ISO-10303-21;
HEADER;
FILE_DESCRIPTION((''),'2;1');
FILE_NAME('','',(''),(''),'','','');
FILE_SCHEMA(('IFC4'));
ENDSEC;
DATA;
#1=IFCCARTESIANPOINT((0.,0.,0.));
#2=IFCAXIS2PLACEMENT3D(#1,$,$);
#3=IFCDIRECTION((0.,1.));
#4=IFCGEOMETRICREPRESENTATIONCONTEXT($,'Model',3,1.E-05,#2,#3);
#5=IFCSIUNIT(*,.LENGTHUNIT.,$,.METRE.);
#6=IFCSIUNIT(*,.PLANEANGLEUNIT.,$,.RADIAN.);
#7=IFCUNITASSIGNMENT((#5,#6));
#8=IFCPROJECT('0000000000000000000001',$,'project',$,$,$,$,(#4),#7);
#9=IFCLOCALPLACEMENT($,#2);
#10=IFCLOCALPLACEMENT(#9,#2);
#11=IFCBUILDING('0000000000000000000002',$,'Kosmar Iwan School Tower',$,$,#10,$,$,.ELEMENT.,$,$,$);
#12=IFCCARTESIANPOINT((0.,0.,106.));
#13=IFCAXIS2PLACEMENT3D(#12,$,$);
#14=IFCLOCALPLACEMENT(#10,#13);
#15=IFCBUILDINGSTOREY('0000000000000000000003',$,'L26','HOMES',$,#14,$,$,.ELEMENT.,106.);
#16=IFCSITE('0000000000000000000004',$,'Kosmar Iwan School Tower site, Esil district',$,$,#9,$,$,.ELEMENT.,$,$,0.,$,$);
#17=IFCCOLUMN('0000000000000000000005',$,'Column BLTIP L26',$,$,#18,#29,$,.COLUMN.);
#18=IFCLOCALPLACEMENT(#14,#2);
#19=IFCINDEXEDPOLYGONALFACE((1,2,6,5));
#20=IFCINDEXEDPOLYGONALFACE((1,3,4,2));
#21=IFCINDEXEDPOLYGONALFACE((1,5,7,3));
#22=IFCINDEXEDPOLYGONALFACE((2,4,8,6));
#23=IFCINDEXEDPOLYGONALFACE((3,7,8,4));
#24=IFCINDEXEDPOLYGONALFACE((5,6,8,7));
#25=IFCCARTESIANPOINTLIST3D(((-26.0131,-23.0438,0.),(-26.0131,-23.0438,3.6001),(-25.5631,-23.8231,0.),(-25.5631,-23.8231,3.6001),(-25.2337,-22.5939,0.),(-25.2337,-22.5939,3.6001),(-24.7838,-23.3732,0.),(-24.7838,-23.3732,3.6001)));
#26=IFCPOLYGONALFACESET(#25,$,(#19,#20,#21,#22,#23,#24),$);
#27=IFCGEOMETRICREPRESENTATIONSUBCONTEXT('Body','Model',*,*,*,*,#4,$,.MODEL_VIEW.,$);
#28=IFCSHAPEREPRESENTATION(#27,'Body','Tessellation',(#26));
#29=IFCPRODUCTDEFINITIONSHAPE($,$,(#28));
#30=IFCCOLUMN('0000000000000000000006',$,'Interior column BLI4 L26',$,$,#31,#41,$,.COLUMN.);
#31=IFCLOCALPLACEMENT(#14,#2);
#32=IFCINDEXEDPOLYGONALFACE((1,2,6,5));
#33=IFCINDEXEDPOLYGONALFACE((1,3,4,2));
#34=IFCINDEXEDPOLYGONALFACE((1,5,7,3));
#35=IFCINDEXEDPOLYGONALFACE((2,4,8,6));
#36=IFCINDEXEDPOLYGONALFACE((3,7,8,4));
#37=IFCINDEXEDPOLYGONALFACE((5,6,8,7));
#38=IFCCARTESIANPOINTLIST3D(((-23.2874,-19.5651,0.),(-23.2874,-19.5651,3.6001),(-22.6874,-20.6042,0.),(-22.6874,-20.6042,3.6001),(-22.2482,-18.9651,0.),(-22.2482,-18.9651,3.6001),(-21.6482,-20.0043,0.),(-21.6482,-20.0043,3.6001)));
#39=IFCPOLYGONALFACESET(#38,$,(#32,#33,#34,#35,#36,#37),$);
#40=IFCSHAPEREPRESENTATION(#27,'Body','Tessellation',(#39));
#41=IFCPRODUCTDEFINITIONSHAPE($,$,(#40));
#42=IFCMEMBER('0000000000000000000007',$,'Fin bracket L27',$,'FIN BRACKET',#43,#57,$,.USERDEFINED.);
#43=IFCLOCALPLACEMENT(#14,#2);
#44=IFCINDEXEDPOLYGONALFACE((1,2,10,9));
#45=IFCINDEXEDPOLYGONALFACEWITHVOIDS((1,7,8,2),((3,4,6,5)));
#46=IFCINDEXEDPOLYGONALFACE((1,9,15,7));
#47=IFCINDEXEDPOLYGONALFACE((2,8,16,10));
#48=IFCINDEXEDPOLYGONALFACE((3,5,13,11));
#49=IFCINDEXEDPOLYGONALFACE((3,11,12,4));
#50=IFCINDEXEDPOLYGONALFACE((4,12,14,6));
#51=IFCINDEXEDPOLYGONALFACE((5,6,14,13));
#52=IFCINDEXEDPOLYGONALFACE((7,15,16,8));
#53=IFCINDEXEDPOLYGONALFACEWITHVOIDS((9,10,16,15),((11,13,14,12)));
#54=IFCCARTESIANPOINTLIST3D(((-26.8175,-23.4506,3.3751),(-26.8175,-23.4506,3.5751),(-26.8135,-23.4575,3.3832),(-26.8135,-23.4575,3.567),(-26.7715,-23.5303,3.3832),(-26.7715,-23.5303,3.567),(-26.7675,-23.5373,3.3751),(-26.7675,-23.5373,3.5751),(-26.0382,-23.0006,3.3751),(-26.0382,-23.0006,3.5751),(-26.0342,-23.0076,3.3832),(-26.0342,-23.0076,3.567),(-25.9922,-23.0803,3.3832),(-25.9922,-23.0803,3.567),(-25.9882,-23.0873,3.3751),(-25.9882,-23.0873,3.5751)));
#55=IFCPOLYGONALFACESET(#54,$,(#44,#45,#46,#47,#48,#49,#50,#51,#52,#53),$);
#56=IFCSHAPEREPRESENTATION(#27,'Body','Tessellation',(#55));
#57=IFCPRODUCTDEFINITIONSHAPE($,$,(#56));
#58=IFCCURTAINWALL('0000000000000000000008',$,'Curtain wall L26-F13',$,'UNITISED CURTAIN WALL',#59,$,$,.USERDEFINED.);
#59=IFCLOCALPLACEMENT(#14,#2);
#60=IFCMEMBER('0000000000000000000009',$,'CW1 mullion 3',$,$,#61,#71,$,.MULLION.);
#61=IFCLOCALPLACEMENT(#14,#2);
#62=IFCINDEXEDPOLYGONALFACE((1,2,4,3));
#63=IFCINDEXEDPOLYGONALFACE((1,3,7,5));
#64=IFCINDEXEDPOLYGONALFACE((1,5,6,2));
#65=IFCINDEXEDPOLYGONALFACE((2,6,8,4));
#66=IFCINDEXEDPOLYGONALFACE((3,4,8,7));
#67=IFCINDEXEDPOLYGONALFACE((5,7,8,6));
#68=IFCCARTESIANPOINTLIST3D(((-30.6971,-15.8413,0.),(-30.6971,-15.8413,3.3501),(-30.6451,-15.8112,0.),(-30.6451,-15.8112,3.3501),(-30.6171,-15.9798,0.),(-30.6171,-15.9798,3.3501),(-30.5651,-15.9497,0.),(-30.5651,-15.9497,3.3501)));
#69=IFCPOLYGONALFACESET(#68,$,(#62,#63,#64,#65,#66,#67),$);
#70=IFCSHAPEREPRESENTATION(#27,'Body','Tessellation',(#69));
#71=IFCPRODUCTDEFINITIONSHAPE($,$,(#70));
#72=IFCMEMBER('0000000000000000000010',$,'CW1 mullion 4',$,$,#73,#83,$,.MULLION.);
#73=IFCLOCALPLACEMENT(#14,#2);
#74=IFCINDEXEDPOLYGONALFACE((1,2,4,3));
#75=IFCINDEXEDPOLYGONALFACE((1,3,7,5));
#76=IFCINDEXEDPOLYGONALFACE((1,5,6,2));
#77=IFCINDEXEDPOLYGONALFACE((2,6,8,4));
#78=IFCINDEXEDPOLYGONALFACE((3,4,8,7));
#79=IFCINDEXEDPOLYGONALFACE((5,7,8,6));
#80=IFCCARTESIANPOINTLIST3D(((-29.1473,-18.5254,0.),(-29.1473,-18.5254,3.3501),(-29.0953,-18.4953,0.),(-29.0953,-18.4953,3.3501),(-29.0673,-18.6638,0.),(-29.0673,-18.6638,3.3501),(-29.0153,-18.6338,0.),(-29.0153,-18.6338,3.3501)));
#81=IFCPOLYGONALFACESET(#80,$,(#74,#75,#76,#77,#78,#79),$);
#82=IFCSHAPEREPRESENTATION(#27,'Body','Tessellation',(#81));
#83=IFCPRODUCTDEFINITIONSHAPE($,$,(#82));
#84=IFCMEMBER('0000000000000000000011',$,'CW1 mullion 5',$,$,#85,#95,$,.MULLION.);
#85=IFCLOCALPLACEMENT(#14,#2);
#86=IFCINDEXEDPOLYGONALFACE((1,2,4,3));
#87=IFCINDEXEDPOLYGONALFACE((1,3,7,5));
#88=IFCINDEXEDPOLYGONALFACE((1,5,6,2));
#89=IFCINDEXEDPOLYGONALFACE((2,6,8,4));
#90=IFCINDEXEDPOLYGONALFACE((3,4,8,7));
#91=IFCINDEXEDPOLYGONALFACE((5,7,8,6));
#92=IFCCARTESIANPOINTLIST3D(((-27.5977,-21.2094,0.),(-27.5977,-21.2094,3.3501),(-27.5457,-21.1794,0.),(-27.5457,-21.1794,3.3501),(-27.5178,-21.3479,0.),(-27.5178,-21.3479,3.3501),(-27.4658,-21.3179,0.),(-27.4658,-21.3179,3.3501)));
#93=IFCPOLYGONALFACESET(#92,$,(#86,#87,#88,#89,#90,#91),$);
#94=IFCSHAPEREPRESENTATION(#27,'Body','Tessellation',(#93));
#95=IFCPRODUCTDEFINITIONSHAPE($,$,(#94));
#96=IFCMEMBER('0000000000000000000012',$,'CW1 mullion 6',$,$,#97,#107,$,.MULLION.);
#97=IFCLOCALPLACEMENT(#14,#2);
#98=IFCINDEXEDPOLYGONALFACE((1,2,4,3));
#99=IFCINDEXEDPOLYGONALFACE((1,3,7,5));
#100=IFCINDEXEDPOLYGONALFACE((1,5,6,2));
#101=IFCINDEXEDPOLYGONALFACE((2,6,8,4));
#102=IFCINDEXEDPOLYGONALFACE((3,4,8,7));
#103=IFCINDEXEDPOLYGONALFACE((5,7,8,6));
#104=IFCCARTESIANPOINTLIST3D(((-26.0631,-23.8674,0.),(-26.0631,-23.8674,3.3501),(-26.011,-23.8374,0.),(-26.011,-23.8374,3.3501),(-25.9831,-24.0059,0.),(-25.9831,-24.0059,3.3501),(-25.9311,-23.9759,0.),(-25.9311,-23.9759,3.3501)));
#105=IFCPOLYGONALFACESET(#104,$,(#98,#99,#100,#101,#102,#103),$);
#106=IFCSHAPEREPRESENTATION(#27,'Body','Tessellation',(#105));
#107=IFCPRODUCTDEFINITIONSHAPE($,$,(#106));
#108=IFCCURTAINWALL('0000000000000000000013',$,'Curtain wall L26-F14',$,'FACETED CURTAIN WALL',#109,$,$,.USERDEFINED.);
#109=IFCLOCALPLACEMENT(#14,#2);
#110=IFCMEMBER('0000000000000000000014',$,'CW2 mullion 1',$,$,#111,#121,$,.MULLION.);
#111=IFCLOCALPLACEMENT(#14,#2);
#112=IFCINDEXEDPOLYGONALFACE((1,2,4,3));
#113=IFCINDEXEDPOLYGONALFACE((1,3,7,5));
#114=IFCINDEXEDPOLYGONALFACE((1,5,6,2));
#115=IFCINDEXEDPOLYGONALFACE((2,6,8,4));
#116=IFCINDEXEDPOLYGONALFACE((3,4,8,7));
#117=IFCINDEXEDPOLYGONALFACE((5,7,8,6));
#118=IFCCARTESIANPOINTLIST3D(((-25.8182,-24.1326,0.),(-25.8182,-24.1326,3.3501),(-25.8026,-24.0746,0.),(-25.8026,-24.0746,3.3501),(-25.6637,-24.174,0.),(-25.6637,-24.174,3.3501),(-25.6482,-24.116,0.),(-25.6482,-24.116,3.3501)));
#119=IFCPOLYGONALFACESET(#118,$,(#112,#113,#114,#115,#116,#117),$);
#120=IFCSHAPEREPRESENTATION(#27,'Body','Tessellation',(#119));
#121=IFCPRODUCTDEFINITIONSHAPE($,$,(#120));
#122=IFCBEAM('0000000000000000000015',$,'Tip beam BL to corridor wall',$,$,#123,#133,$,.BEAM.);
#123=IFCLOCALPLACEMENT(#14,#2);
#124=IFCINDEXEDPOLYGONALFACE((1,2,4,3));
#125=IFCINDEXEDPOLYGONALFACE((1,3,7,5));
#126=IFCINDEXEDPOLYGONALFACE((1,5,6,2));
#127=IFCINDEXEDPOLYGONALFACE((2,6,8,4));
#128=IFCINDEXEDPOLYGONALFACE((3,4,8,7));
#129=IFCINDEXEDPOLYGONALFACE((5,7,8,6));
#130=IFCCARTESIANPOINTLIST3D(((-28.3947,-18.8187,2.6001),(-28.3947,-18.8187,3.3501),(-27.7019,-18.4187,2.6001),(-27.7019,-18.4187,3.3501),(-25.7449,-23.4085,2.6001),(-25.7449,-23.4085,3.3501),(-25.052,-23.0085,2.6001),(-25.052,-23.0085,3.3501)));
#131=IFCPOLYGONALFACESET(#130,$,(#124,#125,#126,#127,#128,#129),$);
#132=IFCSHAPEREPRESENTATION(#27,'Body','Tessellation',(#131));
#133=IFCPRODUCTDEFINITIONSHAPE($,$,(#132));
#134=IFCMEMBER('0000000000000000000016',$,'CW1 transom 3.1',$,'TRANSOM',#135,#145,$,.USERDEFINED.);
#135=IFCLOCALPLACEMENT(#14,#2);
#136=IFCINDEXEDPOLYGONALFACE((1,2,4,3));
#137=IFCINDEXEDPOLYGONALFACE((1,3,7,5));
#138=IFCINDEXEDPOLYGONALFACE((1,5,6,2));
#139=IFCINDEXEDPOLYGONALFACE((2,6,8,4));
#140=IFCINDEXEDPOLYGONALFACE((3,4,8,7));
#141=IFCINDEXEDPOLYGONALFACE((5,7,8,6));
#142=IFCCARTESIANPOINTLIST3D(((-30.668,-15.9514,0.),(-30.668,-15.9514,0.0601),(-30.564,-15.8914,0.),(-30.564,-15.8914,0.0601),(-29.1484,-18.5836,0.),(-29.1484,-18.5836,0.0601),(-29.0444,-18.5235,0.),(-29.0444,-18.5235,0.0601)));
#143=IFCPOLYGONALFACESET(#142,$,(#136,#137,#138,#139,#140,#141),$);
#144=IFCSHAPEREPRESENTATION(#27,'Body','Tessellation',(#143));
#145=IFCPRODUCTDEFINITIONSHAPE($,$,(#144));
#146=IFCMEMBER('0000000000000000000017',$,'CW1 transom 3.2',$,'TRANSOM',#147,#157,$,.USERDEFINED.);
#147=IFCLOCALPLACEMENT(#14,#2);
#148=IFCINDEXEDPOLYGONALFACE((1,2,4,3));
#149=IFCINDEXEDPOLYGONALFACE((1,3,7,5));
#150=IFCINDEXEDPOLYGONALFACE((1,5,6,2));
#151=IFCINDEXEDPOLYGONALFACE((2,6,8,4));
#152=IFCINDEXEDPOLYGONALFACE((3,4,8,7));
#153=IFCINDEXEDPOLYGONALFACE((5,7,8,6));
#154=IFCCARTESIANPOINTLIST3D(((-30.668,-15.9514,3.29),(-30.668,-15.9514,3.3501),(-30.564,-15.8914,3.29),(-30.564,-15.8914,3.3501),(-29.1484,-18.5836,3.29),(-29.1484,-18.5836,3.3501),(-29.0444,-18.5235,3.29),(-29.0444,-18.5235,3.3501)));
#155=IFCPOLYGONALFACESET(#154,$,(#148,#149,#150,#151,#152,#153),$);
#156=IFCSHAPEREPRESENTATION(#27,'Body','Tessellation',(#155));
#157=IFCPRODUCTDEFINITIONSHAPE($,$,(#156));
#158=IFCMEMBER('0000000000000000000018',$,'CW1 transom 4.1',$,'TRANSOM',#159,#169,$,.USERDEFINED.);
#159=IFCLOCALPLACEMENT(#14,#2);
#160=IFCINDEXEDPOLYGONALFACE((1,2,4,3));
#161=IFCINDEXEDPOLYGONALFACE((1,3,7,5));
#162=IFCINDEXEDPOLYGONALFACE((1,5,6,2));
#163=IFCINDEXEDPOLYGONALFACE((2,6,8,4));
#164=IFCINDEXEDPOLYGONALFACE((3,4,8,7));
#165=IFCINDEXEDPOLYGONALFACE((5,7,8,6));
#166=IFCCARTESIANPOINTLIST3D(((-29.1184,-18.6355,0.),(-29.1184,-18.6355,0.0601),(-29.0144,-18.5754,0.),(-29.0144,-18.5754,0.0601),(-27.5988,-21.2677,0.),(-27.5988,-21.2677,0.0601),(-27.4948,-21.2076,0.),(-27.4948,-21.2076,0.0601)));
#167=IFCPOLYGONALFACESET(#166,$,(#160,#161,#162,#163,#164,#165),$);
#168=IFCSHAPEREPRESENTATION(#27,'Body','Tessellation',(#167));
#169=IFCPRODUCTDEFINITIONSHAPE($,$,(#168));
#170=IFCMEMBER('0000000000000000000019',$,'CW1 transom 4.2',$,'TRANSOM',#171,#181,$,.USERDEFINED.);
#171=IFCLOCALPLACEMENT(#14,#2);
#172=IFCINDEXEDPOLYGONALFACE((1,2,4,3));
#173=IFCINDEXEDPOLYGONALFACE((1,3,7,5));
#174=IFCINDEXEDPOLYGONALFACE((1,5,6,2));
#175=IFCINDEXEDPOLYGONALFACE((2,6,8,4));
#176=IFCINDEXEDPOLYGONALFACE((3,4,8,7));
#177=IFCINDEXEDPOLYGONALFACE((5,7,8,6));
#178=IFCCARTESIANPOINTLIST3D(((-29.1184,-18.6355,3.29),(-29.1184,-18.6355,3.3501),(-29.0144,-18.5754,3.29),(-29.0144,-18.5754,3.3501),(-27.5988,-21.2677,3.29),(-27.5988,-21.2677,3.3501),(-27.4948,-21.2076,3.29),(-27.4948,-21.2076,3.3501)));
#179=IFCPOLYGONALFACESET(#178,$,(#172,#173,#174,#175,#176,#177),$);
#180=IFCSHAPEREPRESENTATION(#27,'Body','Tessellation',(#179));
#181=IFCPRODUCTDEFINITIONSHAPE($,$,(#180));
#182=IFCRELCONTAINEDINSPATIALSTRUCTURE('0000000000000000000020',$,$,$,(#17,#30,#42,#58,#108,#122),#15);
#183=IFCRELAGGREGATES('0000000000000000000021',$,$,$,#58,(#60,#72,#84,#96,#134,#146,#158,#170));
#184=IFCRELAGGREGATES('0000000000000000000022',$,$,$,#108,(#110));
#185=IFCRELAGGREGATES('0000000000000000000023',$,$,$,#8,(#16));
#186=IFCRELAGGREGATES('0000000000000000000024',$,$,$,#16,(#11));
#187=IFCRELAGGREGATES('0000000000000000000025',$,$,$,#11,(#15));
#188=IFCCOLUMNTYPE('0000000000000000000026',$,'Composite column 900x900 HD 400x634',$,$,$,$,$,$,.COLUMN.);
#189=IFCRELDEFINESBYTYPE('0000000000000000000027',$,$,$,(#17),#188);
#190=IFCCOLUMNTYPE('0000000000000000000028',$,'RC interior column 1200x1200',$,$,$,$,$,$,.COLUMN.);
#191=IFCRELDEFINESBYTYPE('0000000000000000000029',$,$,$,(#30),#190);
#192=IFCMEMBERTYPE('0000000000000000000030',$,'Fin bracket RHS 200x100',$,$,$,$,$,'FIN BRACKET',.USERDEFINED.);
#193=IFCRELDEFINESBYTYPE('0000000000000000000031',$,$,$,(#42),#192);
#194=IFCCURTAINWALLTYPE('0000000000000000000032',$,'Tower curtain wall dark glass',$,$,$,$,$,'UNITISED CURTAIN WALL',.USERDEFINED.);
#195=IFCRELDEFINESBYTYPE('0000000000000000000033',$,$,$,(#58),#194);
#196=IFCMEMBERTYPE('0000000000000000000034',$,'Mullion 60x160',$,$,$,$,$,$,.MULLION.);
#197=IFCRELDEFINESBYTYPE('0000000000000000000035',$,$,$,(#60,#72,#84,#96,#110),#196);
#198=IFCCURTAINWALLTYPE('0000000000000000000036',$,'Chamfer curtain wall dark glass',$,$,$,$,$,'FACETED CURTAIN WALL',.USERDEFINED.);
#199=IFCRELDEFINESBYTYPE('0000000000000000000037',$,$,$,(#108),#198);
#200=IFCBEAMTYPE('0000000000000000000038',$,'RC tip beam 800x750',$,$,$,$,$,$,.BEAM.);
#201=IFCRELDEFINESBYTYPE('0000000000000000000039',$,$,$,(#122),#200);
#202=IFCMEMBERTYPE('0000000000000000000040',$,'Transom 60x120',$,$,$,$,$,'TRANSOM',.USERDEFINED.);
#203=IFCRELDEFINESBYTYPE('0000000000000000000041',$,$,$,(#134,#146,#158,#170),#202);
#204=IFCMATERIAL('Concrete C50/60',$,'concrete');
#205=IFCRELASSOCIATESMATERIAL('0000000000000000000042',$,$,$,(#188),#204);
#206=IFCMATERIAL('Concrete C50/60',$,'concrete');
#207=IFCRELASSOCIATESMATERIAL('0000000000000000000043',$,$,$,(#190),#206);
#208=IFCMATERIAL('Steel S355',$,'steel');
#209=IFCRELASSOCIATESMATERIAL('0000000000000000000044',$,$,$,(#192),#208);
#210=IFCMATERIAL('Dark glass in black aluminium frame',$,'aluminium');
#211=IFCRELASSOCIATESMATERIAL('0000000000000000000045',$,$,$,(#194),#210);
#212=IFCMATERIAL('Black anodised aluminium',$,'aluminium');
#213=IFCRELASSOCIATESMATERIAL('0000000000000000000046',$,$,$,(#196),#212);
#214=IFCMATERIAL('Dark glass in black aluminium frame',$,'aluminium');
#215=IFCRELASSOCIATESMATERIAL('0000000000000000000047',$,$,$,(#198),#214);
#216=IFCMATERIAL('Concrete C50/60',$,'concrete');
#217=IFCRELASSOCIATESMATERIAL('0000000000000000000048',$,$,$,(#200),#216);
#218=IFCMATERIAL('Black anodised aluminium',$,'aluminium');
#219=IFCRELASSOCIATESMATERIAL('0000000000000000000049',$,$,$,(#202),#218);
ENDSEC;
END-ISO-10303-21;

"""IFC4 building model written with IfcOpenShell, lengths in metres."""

from ifc_helpers import new_model, si_unit, direction, frame, origin, origin_2d, place, context, subcontext, project, spatial, rectangle, hollow_rectangle, extrude, material, material_profile, profile_set, type_object, element, aggregate, save


model = new_model("IFC4")

# Units and contexts
model_context = context("Model", 3, precision=1e-05, world=origin(), true_north=direction((0.0, 1.0)))
body_context = subcontext(model_context, "Body", "Model", "MODEL_VIEW")
ifc_project = project(units=[si_unit("LENGTHUNIT", "METRE"), si_unit("PLANEANGLEUNIT", "RADIAN")], contexts=[model_context])

# Site, building, storey
site_placement = place(None, origin())
site = spatial("IfcSite", under=ifc_project, at=site_placement, Name="Kosmar Iwan School Tower site, Esil district", CompositionType="ELEMENT", RefElevation=0.0)
building_placement = place(site_placement, origin())
building = spatial("IfcBuilding", under=site, at=building_placement, Name="Kosmar Iwan School Tower", CompositionType="ELEMENT")
storey_placement = place(building_placement, frame((0.0, 0.0, 106.0)))
storey = spatial("IfcBuildingStorey", under=building, at=storey_placement, Name="L26", Description="HOMES", CompositionType="ELEMENT", Elevation=106.0)

# Columns
ifc_material_1 = material(Name="Concrete C50/60", Category="concrete")
ifc_material_profile_1 = material_profile(ifc_material_1, rectangle(XDim=0.8999, YDim=0.8999, at=origin_2d()), Name="RC 900x900 + HD 400x634")
ifc_profile_set_1 = profile_set([ifc_material_profile_1], Name="Concrete C50/60")
column_type_1 = type_object("IfcColumnType", Name="Composite column 900x900 HD 400x634", PredefinedType="COLUMN", material=ifc_profile_set_1)
column_1_placement = place(storey_placement, frame((-25.3984, -23.2085, 0.0), z_axis=(0.0, 0.0, 1.0), x_axis=(-0.866025, -0.5, 0.0)))
element("IfcColumn", 1, at=column_1_placement, inside=storey, type_object=column_type_1, Name="Column BLTIP L26", PredefinedType="COLUMN", context=body_context, shape_type="SweptSolid", body=[
    extrude(rectangle(XDim=0.8999, YDim=0.8999, at=origin_2d()), origin(), (0.0, 0.0, 1.0), 3.6001),
])
ifc_material_2 = material(Name="Concrete C50/60", Category="concrete")
ifc_material_profile_2 = material_profile(ifc_material_2, rectangle(XDim=1.2, YDim=1.2, at=origin_2d()), Name="RC 1200x1200")
ifc_profile_set_2 = profile_set([ifc_material_profile_2], Name="Concrete C50/60")
column_type_2 = type_object("IfcColumnType", Name="RC interior column 1200x1200", PredefinedType="COLUMN", material=ifc_profile_set_2)
column_2_placement = place(storey_placement, frame((-22.4678, -19.7847, 0.0), z_axis=(0.0, 0.0, 1.0), x_axis=(-0.866025, -0.5, 0.0)))
element("IfcColumn", 2, at=column_2_placement, inside=storey, type_object=column_type_2, Name="Interior column BLI4 L26", PredefinedType="COLUMN", context=body_context, shape_type="SweptSolid", body=[
    extrude(rectangle(XDim=1.2, YDim=1.2, at=origin_2d()), origin(), (0.0, 0.0, 1.0), 3.6001),
])

# Member
ifc_material_3 = material(Name="Steel S355", Category="steel")
ifc_material_profile_3 = material_profile(ifc_material_3, hollow_rectangle(XDim=0.1001, YDim=0.2, WallThickness=0.0081, at=origin_2d()), Name="RHS 200x100x8")
ifc_profile_set_3 = profile_set([ifc_material_profile_3], Name="Steel S355")
member_type_1 = type_object("IfcMemberType", Name="Fin bracket RHS 200x100", ElementType="FIN BRACKET", PredefinedType="USERDEFINED", material=ifc_profile_set_3)
member_1_placement = place(storey_placement, frame((-26.0132, -23.0439, 3.4751), z_axis=(-0.866014, -0.50002, 0.0), x_axis=(0.50002, -0.866014, 0.0)))
element("IfcMember", 3, at=member_1_placement, inside=storey, type_object=member_type_1, Name="Fin bracket L27", ObjectType="FIN BRACKET", PredefinedType="USERDEFINED", context=body_context, shape_type="SweptSolid", body=[
    extrude(hollow_rectangle(XDim=0.1001, YDim=0.2, WallThickness=0.0081, at=origin_2d()), origin(), (0.0, 0.0, 1.0), 0.8999),
])

# Curtain wall, members
ifc_material_4 = material(Name="Dark glass in black aluminium frame", Category="aluminium")
curtain_wall_type_1 = type_object("IfcCurtainWallType", Name="Tower curtain wall dark glass", ElementType="UNITISED CURTAIN WALL", PredefinedType="USERDEFINED", material=ifc_material_4)
curtain_wall_1_placement = place(storey_placement, origin())
curtain_wall_1 = element("IfcCurtainWall", 4, at=curtain_wall_1_placement, inside=storey, type_object=curtain_wall_type_1, Name="Curtain wall L26-F13", ObjectType="UNITISED CURTAIN WALL", PredefinedType="USERDEFINED")
ifc_material_5 = material(Name="Black anodised aluminium", Category="aluminium")
ifc_material_profile_4 = material_profile(ifc_material_5, rectangle(XDim=0.0601, YDim=0.1599, at=origin_2d()), Name="MULLION 60x160")
ifc_profile_set_4 = profile_set([ifc_material_profile_4], Name="Black anodised aluminium")
member_type_2 = type_object("IfcMemberType", Name="Mullion 60x160", PredefinedType="MULLION", material=ifc_profile_set_4)
member_2_placement = place(storey_placement, frame((-30.6311, -15.8955, 0.0), z_axis=(0.0, 0.0, 1.0), x_axis=(0.866025, 0.5, 0.0)))
member_2 = element("IfcMember", 5, at=member_2_placement, type_object=member_type_2, Name="CW1 mullion 3", PredefinedType="MULLION", context=body_context, shape_type="SweptSolid", body=[
    extrude(rectangle(XDim=0.0601, YDim=0.1599, at=origin_2d()), origin(), (0.0, 0.0, 1.0), 3.3501),
])
member_3_placement = place(storey_placement, frame((-29.0813, -18.5796, 0.0), z_axis=(0.0, 0.0, 1.0), x_axis=(0.866025, 0.5, 0.0)))
member_3 = element("IfcMember", 6, at=member_3_placement, type_object=member_type_2, Name="CW1 mullion 4", PredefinedType="MULLION", context=body_context, shape_type="SweptSolid", body=[
    extrude(rectangle(XDim=0.0601, YDim=0.1599, at=origin_2d()), origin(), (0.0, 0.0, 1.0), 3.3501),
])
member_4_placement = place(storey_placement, frame((-27.5317, -21.2637, 0.0), z_axis=(0.0, 0.0, 1.0), x_axis=(0.866025, 0.5, 0.0)))
member_4 = element("IfcMember", 7, at=member_4_placement, type_object=member_type_2, Name="CW1 mullion 5", PredefinedType="MULLION", context=body_context, shape_type="SweptSolid", body=[
    extrude(rectangle(XDim=0.0601, YDim=0.1599, at=origin_2d()), origin(), (0.0, 0.0, 1.0), 3.3501),
])
member_5_placement = place(storey_placement, frame((-25.9971, -23.9216, 0.0), z_axis=(0.0, 0.0, 1.0), x_axis=(0.866025, 0.5, 0.0)))
member_5 = element("IfcMember", 8, at=member_5_placement, type_object=member_type_2, Name="CW1 mullion 6", PredefinedType="MULLION", context=body_context, shape_type="SweptSolid", body=[
    extrude(rectangle(XDim=0.0601, YDim=0.1599, at=origin_2d()), origin(), (0.0, 0.0, 1.0), 3.3501),
])

# Curtain wall, member
ifc_material_6 = material(Name="Dark glass in black aluminium frame", Category="aluminium")
curtain_wall_type_2 = type_object("IfcCurtainWallType", Name="Chamfer curtain wall dark glass", ElementType="FACETED CURTAIN WALL", PredefinedType="USERDEFINED", material=ifc_material_6)
curtain_wall_2_placement = place(storey_placement, origin())
curtain_wall_2 = element("IfcCurtainWall", 9, at=curtain_wall_2_placement, inside=storey, type_object=curtain_wall_type_2, Name="Curtain wall L26-F14", ObjectType="FACETED CURTAIN WALL", PredefinedType="USERDEFINED")
member_6_placement = place(storey_placement, frame((-25.7332, -24.1243, 0.0), z_axis=(0.0, 0.0, 1.0), x_axis=(0.258819, 0.965926, 0.0)))
member_6 = element("IfcMember", 10, at=member_6_placement, type_object=member_type_2, Name="CW2 mullion 1", PredefinedType="MULLION", context=body_context, shape_type="SweptSolid", body=[
    extrude(rectangle(XDim=0.0601, YDim=0.1599, at=origin_2d()), origin(), (0.0, 0.0, 1.0), 3.3501),
])

# Beam
ifc_material_7 = material(Name="Concrete C50/60", Category="concrete")
ifc_material_profile_5 = material_profile(ifc_material_7, rectangle(XDim=0.8, YDim=0.75, at=origin_2d()), Name="RC 800x750")
ifc_profile_set_5 = profile_set([ifc_material_profile_5], Name="Concrete C50/60")
beam_type = type_object("IfcBeamType", Name="RC tip beam 800x750", PredefinedType="BEAM", material=ifc_profile_set_5)
beam_placement = place(storey_placement, frame((-25.3984, -23.2085, 2.9751), z_axis=(-0.499994, 0.866029, 0.0), x_axis=(-0.866029, -0.499994, 0.0)))
element("IfcBeam", 11, at=beam_placement, inside=storey, type_object=beam_type, Name="Tip beam BL to corridor wall", PredefinedType="BEAM", context=body_context, shape_type="SweptSolid", body=[
    extrude(rectangle(XDim=0.8, YDim=0.75, at=origin_2d()), origin(), (0.0, 0.0, 1.0), 5.2998),
])

# Members
ifc_material_8 = material(Name="Black anodised aluminium", Category="aluminium")
ifc_material_profile_6 = material_profile(ifc_material_8, rectangle(XDim=0.1201, YDim=0.0601, at=origin_2d()), Name="TRANSOM 60x120")
ifc_profile_set_6 = profile_set([ifc_material_profile_6], Name="Black anodised aluminium")
member_type_3 = type_object("IfcMemberType", Name="Transom 60x120", ElementType="TRANSOM", PredefinedType="USERDEFINED", material=ifc_profile_set_6)
member_7_placement = place(storey_placement, frame((-30.616, -15.9214, 0.03), z_axis=(0.499975, -0.86604, 0.0), x_axis=(0.86604, 0.499975, 0.0)))
member_7 = element("IfcMember", 12, at=member_7_placement, type_object=member_type_3, Name="CW1 transom 3.1", ObjectType="TRANSOM", PredefinedType="USERDEFINED", context=body_context, shape_type="SweptSolid", body=[
    extrude(rectangle(XDim=0.1201, YDim=0.0601, at=origin_2d()), origin(), (0.0, 0.0, 1.0), 3.0393),
])
member_8_placement = place(storey_placement, frame((-30.616, -15.9214, 3.3201), z_axis=(0.499975, -0.86604, 0.0), x_axis=(0.86604, 0.499975, 0.0)))
member_8 = element("IfcMember", 13, at=member_8_placement, type_object=member_type_3, Name="CW1 transom 3.2", ObjectType="TRANSOM", PredefinedType="USERDEFINED", context=body_context, shape_type="SweptSolid", body=[
    extrude(rectangle(XDim=0.1201, YDim=0.0601, at=origin_2d()), origin(), (0.0, 0.0, 1.0), 3.0393),
])
member_9_placement = place(storey_placement, frame((-29.0664, -18.6055, 0.03), z_axis=(0.499975, -0.86604, 0.0), x_axis=(0.86604, 0.499975, 0.0)))
member_9 = element("IfcMember", 14, at=member_9_placement, type_object=member_type_3, Name="CW1 transom 4.1", ObjectType="TRANSOM", PredefinedType="USERDEFINED", context=body_context, shape_type="SweptSolid", body=[
    extrude(rectangle(XDim=0.1201, YDim=0.0601, at=origin_2d()), origin(), (0.0, 0.0, 1.0), 3.0393),
])
member_10_placement = place(storey_placement, frame((-29.0664, -18.6055, 3.3201), z_axis=(0.499975, -0.86604, 0.0), x_axis=(0.86604, 0.499975, 0.0)))
member_10 = element("IfcMember", 15, at=member_10_placement, type_object=member_type_3, Name="CW1 transom 4.2", ObjectType="TRANSOM", PredefinedType="USERDEFINED", context=body_context, shape_type="SweptSolid", body=[
    extrude(rectangle(XDim=0.1201, YDim=0.0601, at=origin_2d()), origin(), (0.0, 0.0, 1.0), 3.0393),
])

aggregate(curtain_wall_1, [member_2, member_3, member_4, member_5, member_7, member_8, member_9, member_10])
aggregate(curtain_wall_2, [member_6])

save(model, "model.ifc")
